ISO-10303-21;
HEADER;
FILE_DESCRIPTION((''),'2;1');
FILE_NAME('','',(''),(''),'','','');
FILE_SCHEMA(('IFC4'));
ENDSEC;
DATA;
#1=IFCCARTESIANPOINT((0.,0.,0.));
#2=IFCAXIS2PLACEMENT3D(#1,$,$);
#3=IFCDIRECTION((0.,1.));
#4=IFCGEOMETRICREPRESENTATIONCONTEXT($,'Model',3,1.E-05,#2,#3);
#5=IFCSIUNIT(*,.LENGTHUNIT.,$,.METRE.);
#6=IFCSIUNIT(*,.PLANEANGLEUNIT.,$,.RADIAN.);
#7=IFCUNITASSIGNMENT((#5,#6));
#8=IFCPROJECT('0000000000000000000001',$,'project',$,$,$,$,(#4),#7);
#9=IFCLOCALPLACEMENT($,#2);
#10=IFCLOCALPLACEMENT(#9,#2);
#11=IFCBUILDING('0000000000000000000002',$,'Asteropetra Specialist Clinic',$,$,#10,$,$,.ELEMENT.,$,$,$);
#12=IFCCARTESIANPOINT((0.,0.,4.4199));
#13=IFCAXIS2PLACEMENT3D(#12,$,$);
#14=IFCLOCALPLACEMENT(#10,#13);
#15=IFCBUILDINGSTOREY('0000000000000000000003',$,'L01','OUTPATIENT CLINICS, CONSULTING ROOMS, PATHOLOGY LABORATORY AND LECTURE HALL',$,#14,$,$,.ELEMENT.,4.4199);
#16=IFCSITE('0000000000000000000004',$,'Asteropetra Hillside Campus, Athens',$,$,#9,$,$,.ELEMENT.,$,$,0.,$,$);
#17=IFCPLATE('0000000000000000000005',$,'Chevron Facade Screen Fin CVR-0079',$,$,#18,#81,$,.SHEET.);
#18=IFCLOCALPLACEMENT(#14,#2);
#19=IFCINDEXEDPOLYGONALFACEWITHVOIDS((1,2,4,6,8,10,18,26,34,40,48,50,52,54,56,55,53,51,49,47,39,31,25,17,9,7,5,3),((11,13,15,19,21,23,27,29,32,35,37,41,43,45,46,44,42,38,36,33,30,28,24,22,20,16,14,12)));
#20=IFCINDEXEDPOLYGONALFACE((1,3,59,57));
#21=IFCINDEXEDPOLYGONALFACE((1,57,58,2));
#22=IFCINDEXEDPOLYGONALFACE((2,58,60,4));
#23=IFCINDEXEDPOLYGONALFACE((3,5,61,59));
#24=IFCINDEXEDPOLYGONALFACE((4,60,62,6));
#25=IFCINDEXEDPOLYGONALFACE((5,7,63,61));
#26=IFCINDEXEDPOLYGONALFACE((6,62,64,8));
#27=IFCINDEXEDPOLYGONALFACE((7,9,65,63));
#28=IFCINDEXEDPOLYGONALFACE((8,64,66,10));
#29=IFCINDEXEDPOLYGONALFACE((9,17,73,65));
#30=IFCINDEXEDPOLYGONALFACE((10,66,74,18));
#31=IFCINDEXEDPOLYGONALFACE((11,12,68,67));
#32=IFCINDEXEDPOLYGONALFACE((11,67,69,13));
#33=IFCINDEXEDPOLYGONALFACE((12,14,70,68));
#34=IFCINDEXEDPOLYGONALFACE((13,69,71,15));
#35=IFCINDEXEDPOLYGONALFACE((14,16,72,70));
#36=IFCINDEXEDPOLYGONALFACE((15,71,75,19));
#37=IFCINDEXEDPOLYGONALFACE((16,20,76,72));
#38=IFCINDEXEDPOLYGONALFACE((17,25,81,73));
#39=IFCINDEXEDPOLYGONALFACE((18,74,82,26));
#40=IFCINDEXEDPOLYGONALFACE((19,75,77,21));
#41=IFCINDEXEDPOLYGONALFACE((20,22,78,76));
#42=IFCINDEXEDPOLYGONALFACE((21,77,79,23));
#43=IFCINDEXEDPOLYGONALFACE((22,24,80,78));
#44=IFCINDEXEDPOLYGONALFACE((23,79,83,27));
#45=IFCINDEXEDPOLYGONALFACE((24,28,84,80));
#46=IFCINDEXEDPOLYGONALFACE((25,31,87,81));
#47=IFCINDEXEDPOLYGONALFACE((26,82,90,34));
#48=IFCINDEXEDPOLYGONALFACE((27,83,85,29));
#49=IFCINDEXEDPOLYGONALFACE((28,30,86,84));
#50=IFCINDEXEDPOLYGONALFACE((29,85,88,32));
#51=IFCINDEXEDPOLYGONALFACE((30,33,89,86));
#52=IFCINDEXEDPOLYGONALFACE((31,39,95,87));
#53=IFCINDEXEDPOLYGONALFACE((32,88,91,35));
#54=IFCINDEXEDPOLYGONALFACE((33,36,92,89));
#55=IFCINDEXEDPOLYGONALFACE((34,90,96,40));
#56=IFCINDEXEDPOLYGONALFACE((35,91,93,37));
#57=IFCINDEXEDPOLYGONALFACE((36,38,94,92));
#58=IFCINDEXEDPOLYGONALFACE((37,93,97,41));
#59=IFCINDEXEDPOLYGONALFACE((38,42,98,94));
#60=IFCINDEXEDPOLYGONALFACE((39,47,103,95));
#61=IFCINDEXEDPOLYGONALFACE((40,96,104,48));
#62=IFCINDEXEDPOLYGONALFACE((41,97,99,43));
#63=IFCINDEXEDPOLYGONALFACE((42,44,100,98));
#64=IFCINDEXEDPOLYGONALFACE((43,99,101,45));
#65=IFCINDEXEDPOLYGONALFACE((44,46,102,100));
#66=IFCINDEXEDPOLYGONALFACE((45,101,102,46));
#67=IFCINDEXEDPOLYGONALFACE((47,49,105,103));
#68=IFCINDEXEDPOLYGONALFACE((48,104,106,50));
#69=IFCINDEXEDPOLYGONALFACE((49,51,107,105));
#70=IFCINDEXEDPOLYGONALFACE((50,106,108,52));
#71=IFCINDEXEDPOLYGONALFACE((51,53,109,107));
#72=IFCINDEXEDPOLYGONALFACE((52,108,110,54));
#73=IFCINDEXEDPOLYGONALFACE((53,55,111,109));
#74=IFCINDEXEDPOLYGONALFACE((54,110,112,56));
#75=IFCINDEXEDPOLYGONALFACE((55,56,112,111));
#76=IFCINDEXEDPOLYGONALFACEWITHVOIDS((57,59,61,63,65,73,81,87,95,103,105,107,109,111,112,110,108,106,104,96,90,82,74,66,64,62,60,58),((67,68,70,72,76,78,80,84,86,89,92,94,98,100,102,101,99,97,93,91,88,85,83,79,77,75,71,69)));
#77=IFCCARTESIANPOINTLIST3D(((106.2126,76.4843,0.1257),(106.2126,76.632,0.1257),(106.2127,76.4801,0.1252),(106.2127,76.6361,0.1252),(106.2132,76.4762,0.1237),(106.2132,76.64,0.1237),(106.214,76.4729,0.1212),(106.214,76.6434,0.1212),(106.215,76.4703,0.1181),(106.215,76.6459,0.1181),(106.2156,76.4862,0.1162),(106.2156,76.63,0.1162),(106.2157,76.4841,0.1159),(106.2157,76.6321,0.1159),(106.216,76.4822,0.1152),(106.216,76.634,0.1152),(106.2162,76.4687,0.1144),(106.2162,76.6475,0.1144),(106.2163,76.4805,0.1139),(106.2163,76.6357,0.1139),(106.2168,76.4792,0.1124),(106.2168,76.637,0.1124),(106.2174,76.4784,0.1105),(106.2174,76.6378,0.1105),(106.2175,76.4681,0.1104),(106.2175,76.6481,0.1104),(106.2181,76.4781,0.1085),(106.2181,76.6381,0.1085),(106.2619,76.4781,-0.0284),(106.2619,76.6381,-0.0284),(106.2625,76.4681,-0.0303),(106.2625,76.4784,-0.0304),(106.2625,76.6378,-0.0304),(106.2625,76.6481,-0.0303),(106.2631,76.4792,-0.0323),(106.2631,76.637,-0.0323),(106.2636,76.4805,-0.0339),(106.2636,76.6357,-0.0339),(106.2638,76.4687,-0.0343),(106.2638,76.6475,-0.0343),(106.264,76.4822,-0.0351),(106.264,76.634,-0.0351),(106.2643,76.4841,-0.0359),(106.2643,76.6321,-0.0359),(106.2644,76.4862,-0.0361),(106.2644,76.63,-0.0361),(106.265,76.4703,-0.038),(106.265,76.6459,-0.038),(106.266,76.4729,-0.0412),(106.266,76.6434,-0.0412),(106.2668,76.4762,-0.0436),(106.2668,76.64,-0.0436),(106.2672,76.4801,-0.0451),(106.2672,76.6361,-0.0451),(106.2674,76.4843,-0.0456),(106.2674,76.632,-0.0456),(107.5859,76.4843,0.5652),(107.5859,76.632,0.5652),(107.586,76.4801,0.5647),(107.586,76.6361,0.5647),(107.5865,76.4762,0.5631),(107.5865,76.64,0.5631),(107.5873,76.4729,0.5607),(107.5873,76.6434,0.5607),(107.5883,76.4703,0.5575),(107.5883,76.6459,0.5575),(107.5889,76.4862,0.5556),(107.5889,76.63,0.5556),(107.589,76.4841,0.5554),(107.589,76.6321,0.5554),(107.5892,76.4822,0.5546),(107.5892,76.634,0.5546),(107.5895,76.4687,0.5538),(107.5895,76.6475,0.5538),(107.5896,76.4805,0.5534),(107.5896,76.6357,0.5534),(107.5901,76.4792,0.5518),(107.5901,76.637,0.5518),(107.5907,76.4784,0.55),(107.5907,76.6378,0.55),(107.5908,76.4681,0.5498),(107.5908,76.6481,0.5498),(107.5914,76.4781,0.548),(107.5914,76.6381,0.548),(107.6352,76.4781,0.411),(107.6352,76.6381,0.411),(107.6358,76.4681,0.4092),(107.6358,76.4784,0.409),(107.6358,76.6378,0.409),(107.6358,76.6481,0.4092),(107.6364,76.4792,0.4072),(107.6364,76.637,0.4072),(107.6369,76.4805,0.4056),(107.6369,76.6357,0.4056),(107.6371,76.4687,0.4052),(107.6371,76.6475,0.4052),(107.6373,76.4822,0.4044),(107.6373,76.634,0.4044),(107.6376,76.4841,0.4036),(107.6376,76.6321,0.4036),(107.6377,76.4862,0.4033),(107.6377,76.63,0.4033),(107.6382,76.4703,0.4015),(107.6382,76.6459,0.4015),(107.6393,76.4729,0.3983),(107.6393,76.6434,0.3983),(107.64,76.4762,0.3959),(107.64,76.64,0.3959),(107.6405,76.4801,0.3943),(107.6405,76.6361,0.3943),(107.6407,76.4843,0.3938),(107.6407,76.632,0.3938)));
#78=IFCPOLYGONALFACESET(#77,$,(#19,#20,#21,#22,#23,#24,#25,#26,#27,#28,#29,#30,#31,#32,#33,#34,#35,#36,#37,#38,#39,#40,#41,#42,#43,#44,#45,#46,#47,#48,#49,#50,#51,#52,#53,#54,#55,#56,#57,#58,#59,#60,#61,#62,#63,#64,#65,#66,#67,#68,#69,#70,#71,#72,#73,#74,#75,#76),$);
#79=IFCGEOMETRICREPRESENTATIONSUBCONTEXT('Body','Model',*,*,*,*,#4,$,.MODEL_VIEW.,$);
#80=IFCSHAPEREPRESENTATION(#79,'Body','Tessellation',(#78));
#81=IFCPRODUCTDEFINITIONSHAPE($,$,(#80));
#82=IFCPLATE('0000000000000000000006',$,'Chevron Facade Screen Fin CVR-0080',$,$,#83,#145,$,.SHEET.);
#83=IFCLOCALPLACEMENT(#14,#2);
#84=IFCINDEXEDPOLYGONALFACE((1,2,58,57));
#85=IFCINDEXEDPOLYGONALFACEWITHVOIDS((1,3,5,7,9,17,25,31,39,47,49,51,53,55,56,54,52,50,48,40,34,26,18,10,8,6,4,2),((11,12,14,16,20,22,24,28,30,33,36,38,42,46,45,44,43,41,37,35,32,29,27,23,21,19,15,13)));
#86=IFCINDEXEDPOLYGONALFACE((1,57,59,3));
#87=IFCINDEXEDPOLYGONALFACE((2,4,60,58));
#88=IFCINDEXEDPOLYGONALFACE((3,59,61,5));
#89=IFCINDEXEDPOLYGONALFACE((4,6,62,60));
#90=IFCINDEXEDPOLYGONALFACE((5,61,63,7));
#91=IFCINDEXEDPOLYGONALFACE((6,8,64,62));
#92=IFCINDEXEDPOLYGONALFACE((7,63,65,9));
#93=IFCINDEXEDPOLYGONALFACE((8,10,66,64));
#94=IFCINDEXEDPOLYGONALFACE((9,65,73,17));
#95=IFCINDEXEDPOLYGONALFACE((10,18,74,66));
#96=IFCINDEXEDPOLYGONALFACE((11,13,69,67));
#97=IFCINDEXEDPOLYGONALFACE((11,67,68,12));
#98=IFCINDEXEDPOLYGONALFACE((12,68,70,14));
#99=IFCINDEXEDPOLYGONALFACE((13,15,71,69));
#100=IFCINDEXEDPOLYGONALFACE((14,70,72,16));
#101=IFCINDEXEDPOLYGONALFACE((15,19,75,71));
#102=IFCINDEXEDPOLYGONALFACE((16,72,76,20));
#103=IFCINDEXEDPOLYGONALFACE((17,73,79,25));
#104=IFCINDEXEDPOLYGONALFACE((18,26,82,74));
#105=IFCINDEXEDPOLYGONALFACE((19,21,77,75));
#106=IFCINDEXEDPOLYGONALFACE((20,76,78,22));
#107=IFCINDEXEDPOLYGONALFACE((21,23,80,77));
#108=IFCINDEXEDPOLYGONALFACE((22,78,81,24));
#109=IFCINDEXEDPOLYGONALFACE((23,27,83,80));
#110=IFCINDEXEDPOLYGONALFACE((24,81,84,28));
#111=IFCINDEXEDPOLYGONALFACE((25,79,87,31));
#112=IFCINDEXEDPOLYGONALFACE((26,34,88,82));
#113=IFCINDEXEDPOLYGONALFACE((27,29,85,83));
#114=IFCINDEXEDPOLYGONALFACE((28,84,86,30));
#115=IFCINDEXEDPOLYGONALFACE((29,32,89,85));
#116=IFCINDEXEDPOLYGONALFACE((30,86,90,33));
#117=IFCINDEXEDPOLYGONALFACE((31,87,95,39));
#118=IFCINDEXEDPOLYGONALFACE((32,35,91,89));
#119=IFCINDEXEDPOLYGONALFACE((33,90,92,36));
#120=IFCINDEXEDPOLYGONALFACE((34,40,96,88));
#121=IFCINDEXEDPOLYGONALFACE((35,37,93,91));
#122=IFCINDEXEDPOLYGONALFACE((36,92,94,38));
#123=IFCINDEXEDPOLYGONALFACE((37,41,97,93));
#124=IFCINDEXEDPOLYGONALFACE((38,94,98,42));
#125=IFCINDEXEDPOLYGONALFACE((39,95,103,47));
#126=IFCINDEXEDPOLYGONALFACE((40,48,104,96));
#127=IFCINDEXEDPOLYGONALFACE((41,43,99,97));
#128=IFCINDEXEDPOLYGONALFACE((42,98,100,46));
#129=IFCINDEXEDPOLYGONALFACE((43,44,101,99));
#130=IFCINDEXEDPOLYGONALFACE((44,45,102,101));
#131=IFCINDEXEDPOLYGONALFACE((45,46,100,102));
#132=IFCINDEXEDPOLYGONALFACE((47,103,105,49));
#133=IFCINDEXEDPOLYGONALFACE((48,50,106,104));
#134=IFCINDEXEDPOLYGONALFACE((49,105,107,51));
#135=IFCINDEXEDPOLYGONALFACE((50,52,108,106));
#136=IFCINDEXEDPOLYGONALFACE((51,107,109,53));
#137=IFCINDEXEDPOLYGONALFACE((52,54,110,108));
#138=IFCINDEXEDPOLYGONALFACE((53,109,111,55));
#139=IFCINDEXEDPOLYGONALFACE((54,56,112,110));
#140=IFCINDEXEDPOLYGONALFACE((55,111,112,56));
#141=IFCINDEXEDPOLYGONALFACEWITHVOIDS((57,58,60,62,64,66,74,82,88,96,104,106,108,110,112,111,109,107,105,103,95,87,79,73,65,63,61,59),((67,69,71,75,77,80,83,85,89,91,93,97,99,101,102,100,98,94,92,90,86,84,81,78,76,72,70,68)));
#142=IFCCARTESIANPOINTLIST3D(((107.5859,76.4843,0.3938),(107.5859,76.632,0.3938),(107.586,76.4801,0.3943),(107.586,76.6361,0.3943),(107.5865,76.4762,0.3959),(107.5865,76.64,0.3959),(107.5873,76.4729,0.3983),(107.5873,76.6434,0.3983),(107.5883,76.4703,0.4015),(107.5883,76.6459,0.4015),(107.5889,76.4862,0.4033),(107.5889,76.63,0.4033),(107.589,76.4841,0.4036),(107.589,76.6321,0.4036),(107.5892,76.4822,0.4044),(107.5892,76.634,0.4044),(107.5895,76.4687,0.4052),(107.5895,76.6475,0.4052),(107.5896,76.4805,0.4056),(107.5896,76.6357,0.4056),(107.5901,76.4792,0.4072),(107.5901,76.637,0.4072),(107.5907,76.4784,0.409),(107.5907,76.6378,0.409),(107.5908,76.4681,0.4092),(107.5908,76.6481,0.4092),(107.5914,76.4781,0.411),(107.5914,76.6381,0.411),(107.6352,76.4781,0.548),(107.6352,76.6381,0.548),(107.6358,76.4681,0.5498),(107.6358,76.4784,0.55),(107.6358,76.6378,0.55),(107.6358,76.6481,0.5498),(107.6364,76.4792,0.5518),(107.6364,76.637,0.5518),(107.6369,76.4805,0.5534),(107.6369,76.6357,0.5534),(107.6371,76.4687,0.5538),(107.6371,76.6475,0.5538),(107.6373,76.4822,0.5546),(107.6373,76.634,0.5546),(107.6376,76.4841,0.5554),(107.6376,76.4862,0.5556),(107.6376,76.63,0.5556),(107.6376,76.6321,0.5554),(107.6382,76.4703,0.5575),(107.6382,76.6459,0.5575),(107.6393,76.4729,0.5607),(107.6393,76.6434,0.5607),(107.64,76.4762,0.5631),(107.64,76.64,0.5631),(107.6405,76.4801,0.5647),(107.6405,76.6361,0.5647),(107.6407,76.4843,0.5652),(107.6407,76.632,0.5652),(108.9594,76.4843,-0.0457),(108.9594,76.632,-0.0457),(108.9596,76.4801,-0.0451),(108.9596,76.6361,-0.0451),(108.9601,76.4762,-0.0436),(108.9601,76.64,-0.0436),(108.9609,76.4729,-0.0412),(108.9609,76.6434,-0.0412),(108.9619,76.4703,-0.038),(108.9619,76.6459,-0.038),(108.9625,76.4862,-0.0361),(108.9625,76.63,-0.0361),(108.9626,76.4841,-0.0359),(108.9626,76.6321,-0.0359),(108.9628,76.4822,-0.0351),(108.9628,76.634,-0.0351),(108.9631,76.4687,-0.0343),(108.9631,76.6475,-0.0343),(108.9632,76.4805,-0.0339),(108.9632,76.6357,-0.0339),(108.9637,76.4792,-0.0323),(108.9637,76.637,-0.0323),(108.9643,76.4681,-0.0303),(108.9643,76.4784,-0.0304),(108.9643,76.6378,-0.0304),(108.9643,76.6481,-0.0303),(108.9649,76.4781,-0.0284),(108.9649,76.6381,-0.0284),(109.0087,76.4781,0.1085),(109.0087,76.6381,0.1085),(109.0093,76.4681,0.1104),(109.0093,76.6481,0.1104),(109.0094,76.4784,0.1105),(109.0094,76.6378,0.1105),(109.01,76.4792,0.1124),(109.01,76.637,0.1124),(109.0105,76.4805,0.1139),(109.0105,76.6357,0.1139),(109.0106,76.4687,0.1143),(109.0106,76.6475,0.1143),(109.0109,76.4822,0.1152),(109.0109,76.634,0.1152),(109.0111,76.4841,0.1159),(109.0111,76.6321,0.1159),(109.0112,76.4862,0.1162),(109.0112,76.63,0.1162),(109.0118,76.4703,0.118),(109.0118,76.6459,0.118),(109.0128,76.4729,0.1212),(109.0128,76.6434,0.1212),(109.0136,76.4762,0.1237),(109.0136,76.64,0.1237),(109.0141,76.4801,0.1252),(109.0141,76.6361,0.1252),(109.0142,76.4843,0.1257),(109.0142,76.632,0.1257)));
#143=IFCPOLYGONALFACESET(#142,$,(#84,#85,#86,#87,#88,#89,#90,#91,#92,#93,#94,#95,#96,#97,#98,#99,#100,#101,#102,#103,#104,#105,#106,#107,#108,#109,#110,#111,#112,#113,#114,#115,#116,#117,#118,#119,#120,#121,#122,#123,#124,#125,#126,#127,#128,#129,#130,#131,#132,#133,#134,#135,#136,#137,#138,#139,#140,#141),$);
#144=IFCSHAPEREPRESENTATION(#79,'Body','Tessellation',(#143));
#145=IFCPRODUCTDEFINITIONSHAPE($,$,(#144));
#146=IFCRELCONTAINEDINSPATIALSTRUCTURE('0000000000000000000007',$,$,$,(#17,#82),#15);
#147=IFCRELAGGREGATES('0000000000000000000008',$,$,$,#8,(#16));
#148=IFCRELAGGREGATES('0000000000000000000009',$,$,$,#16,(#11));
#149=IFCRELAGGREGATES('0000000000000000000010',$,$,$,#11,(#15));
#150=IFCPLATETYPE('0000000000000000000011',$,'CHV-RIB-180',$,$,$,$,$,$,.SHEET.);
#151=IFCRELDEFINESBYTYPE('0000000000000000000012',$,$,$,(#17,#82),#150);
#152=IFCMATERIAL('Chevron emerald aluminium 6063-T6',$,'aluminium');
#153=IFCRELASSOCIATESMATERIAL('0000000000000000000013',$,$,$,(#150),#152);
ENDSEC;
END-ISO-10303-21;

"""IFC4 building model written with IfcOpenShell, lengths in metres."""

from ifc_helpers import new_model, si_unit, direction, frame, origin, origin_2d, place, context, subcontext, project, spatial, hollow_rectangle, extrude, material, material_profile, profile_set, type_object, element, save


model = new_model("IFC4")

# Units and contexts
model_context = context("Model", 3, precision=1e-05, world=origin(), true_north=direction((0.0, 1.0)))
body_context = subcontext(model_context, "Body", "Model", "MODEL_VIEW")
ifc_project = project(units=[si_unit("LENGTHUNIT", "METRE"), si_unit("PLANEANGLEUNIT", "RADIAN")], contexts=[model_context])

# Site, building, storey
site_placement = place(None, origin())
site = spatial("IfcSite", under=ifc_project, at=site_placement, Name="Asteropetra Hillside Campus, Athens", CompositionType="ELEMENT", RefElevation=0.0)
building_placement = place(site_placement, origin())
building = spatial("IfcBuilding", under=site, at=building_placement, Name="Asteropetra Specialist Clinic", CompositionType="ELEMENT")
storey_placement = place(building_placement, frame((0.0, 0.0, 4.4199)))
storey = spatial("IfcBuildingStorey", under=building, at=storey_placement, Name="L01", Description="OUTPATIENT CLINICS, CONSULTING ROOMS, PATHOLOGY LABORATORY AND LECTURE HALL", CompositionType="ELEMENT", Elevation=4.4199)

# Plates
ifc_material_1 = material(Name="Chevron emerald aluminium 6063-T6", Category="aluminium")
ifc_material_profile_1 = material_profile(ifc_material_1, hollow_rectangle(XDim=0.1799, YDim=0.1799, WallThickness=0.01, InnerFilletRadius=0.0081, OuterFilletRadius=0.0161, at=origin_2d()), Name="SHS 180x180x10.0")
ifc_profile_set_1 = profile_set([ifc_material_profile_1], Name="Chevron emerald aluminium 6063-T6")
plate_type = type_object("IfcPlateType", Name="CHV-RIB-180", PredefinedType="SHEET", material=ifc_profile_set_1)
plate_1_placement = place(storey_placement, frame((106.24, 76.5581, 0.04), z_axis=(0.952424, 0.0, 0.304776), x_axis=(0.0, 1.0, 0.0)))
element("IfcPlate", 1, at=plate_1_placement, inside=storey, type_object=plate_type, Name="Chevron Facade Screen Fin CVR-0079", PredefinedType="SHEET", context=body_context, shape_type="SweptSolid", body=[
    extrude(hollow_rectangle(XDim=0.1799, YDim=0.1799, WallThickness=0.01, InnerFilletRadius=0.0081, OuterFilletRadius=0.0161, at=origin_2d()), origin(), (0.0, 0.0, 1.0), 1.4419),
])
plate_2_placement = place(storey_placement, frame((107.6133, 76.5581, 0.4795), z_axis=(0.95244, 0.0, -0.304727), x_axis=(0.0, 1.0, 0.0)))
element("IfcPlate", 2, at=plate_2_placement, inside=storey, type_object=plate_type, Name="Chevron Facade Screen Fin CVR-0080", PredefinedType="SHEET", context=body_context, shape_type="SweptSolid", body=[
    extrude(hollow_rectangle(XDim=0.1799, YDim=0.1799, WallThickness=0.01, InnerFilletRadius=0.0081, OuterFilletRadius=0.0161, at=origin_2d()), origin(), (0.0, 0.0, 1.0), 1.4421),
])

save(model, "model.ifc")
